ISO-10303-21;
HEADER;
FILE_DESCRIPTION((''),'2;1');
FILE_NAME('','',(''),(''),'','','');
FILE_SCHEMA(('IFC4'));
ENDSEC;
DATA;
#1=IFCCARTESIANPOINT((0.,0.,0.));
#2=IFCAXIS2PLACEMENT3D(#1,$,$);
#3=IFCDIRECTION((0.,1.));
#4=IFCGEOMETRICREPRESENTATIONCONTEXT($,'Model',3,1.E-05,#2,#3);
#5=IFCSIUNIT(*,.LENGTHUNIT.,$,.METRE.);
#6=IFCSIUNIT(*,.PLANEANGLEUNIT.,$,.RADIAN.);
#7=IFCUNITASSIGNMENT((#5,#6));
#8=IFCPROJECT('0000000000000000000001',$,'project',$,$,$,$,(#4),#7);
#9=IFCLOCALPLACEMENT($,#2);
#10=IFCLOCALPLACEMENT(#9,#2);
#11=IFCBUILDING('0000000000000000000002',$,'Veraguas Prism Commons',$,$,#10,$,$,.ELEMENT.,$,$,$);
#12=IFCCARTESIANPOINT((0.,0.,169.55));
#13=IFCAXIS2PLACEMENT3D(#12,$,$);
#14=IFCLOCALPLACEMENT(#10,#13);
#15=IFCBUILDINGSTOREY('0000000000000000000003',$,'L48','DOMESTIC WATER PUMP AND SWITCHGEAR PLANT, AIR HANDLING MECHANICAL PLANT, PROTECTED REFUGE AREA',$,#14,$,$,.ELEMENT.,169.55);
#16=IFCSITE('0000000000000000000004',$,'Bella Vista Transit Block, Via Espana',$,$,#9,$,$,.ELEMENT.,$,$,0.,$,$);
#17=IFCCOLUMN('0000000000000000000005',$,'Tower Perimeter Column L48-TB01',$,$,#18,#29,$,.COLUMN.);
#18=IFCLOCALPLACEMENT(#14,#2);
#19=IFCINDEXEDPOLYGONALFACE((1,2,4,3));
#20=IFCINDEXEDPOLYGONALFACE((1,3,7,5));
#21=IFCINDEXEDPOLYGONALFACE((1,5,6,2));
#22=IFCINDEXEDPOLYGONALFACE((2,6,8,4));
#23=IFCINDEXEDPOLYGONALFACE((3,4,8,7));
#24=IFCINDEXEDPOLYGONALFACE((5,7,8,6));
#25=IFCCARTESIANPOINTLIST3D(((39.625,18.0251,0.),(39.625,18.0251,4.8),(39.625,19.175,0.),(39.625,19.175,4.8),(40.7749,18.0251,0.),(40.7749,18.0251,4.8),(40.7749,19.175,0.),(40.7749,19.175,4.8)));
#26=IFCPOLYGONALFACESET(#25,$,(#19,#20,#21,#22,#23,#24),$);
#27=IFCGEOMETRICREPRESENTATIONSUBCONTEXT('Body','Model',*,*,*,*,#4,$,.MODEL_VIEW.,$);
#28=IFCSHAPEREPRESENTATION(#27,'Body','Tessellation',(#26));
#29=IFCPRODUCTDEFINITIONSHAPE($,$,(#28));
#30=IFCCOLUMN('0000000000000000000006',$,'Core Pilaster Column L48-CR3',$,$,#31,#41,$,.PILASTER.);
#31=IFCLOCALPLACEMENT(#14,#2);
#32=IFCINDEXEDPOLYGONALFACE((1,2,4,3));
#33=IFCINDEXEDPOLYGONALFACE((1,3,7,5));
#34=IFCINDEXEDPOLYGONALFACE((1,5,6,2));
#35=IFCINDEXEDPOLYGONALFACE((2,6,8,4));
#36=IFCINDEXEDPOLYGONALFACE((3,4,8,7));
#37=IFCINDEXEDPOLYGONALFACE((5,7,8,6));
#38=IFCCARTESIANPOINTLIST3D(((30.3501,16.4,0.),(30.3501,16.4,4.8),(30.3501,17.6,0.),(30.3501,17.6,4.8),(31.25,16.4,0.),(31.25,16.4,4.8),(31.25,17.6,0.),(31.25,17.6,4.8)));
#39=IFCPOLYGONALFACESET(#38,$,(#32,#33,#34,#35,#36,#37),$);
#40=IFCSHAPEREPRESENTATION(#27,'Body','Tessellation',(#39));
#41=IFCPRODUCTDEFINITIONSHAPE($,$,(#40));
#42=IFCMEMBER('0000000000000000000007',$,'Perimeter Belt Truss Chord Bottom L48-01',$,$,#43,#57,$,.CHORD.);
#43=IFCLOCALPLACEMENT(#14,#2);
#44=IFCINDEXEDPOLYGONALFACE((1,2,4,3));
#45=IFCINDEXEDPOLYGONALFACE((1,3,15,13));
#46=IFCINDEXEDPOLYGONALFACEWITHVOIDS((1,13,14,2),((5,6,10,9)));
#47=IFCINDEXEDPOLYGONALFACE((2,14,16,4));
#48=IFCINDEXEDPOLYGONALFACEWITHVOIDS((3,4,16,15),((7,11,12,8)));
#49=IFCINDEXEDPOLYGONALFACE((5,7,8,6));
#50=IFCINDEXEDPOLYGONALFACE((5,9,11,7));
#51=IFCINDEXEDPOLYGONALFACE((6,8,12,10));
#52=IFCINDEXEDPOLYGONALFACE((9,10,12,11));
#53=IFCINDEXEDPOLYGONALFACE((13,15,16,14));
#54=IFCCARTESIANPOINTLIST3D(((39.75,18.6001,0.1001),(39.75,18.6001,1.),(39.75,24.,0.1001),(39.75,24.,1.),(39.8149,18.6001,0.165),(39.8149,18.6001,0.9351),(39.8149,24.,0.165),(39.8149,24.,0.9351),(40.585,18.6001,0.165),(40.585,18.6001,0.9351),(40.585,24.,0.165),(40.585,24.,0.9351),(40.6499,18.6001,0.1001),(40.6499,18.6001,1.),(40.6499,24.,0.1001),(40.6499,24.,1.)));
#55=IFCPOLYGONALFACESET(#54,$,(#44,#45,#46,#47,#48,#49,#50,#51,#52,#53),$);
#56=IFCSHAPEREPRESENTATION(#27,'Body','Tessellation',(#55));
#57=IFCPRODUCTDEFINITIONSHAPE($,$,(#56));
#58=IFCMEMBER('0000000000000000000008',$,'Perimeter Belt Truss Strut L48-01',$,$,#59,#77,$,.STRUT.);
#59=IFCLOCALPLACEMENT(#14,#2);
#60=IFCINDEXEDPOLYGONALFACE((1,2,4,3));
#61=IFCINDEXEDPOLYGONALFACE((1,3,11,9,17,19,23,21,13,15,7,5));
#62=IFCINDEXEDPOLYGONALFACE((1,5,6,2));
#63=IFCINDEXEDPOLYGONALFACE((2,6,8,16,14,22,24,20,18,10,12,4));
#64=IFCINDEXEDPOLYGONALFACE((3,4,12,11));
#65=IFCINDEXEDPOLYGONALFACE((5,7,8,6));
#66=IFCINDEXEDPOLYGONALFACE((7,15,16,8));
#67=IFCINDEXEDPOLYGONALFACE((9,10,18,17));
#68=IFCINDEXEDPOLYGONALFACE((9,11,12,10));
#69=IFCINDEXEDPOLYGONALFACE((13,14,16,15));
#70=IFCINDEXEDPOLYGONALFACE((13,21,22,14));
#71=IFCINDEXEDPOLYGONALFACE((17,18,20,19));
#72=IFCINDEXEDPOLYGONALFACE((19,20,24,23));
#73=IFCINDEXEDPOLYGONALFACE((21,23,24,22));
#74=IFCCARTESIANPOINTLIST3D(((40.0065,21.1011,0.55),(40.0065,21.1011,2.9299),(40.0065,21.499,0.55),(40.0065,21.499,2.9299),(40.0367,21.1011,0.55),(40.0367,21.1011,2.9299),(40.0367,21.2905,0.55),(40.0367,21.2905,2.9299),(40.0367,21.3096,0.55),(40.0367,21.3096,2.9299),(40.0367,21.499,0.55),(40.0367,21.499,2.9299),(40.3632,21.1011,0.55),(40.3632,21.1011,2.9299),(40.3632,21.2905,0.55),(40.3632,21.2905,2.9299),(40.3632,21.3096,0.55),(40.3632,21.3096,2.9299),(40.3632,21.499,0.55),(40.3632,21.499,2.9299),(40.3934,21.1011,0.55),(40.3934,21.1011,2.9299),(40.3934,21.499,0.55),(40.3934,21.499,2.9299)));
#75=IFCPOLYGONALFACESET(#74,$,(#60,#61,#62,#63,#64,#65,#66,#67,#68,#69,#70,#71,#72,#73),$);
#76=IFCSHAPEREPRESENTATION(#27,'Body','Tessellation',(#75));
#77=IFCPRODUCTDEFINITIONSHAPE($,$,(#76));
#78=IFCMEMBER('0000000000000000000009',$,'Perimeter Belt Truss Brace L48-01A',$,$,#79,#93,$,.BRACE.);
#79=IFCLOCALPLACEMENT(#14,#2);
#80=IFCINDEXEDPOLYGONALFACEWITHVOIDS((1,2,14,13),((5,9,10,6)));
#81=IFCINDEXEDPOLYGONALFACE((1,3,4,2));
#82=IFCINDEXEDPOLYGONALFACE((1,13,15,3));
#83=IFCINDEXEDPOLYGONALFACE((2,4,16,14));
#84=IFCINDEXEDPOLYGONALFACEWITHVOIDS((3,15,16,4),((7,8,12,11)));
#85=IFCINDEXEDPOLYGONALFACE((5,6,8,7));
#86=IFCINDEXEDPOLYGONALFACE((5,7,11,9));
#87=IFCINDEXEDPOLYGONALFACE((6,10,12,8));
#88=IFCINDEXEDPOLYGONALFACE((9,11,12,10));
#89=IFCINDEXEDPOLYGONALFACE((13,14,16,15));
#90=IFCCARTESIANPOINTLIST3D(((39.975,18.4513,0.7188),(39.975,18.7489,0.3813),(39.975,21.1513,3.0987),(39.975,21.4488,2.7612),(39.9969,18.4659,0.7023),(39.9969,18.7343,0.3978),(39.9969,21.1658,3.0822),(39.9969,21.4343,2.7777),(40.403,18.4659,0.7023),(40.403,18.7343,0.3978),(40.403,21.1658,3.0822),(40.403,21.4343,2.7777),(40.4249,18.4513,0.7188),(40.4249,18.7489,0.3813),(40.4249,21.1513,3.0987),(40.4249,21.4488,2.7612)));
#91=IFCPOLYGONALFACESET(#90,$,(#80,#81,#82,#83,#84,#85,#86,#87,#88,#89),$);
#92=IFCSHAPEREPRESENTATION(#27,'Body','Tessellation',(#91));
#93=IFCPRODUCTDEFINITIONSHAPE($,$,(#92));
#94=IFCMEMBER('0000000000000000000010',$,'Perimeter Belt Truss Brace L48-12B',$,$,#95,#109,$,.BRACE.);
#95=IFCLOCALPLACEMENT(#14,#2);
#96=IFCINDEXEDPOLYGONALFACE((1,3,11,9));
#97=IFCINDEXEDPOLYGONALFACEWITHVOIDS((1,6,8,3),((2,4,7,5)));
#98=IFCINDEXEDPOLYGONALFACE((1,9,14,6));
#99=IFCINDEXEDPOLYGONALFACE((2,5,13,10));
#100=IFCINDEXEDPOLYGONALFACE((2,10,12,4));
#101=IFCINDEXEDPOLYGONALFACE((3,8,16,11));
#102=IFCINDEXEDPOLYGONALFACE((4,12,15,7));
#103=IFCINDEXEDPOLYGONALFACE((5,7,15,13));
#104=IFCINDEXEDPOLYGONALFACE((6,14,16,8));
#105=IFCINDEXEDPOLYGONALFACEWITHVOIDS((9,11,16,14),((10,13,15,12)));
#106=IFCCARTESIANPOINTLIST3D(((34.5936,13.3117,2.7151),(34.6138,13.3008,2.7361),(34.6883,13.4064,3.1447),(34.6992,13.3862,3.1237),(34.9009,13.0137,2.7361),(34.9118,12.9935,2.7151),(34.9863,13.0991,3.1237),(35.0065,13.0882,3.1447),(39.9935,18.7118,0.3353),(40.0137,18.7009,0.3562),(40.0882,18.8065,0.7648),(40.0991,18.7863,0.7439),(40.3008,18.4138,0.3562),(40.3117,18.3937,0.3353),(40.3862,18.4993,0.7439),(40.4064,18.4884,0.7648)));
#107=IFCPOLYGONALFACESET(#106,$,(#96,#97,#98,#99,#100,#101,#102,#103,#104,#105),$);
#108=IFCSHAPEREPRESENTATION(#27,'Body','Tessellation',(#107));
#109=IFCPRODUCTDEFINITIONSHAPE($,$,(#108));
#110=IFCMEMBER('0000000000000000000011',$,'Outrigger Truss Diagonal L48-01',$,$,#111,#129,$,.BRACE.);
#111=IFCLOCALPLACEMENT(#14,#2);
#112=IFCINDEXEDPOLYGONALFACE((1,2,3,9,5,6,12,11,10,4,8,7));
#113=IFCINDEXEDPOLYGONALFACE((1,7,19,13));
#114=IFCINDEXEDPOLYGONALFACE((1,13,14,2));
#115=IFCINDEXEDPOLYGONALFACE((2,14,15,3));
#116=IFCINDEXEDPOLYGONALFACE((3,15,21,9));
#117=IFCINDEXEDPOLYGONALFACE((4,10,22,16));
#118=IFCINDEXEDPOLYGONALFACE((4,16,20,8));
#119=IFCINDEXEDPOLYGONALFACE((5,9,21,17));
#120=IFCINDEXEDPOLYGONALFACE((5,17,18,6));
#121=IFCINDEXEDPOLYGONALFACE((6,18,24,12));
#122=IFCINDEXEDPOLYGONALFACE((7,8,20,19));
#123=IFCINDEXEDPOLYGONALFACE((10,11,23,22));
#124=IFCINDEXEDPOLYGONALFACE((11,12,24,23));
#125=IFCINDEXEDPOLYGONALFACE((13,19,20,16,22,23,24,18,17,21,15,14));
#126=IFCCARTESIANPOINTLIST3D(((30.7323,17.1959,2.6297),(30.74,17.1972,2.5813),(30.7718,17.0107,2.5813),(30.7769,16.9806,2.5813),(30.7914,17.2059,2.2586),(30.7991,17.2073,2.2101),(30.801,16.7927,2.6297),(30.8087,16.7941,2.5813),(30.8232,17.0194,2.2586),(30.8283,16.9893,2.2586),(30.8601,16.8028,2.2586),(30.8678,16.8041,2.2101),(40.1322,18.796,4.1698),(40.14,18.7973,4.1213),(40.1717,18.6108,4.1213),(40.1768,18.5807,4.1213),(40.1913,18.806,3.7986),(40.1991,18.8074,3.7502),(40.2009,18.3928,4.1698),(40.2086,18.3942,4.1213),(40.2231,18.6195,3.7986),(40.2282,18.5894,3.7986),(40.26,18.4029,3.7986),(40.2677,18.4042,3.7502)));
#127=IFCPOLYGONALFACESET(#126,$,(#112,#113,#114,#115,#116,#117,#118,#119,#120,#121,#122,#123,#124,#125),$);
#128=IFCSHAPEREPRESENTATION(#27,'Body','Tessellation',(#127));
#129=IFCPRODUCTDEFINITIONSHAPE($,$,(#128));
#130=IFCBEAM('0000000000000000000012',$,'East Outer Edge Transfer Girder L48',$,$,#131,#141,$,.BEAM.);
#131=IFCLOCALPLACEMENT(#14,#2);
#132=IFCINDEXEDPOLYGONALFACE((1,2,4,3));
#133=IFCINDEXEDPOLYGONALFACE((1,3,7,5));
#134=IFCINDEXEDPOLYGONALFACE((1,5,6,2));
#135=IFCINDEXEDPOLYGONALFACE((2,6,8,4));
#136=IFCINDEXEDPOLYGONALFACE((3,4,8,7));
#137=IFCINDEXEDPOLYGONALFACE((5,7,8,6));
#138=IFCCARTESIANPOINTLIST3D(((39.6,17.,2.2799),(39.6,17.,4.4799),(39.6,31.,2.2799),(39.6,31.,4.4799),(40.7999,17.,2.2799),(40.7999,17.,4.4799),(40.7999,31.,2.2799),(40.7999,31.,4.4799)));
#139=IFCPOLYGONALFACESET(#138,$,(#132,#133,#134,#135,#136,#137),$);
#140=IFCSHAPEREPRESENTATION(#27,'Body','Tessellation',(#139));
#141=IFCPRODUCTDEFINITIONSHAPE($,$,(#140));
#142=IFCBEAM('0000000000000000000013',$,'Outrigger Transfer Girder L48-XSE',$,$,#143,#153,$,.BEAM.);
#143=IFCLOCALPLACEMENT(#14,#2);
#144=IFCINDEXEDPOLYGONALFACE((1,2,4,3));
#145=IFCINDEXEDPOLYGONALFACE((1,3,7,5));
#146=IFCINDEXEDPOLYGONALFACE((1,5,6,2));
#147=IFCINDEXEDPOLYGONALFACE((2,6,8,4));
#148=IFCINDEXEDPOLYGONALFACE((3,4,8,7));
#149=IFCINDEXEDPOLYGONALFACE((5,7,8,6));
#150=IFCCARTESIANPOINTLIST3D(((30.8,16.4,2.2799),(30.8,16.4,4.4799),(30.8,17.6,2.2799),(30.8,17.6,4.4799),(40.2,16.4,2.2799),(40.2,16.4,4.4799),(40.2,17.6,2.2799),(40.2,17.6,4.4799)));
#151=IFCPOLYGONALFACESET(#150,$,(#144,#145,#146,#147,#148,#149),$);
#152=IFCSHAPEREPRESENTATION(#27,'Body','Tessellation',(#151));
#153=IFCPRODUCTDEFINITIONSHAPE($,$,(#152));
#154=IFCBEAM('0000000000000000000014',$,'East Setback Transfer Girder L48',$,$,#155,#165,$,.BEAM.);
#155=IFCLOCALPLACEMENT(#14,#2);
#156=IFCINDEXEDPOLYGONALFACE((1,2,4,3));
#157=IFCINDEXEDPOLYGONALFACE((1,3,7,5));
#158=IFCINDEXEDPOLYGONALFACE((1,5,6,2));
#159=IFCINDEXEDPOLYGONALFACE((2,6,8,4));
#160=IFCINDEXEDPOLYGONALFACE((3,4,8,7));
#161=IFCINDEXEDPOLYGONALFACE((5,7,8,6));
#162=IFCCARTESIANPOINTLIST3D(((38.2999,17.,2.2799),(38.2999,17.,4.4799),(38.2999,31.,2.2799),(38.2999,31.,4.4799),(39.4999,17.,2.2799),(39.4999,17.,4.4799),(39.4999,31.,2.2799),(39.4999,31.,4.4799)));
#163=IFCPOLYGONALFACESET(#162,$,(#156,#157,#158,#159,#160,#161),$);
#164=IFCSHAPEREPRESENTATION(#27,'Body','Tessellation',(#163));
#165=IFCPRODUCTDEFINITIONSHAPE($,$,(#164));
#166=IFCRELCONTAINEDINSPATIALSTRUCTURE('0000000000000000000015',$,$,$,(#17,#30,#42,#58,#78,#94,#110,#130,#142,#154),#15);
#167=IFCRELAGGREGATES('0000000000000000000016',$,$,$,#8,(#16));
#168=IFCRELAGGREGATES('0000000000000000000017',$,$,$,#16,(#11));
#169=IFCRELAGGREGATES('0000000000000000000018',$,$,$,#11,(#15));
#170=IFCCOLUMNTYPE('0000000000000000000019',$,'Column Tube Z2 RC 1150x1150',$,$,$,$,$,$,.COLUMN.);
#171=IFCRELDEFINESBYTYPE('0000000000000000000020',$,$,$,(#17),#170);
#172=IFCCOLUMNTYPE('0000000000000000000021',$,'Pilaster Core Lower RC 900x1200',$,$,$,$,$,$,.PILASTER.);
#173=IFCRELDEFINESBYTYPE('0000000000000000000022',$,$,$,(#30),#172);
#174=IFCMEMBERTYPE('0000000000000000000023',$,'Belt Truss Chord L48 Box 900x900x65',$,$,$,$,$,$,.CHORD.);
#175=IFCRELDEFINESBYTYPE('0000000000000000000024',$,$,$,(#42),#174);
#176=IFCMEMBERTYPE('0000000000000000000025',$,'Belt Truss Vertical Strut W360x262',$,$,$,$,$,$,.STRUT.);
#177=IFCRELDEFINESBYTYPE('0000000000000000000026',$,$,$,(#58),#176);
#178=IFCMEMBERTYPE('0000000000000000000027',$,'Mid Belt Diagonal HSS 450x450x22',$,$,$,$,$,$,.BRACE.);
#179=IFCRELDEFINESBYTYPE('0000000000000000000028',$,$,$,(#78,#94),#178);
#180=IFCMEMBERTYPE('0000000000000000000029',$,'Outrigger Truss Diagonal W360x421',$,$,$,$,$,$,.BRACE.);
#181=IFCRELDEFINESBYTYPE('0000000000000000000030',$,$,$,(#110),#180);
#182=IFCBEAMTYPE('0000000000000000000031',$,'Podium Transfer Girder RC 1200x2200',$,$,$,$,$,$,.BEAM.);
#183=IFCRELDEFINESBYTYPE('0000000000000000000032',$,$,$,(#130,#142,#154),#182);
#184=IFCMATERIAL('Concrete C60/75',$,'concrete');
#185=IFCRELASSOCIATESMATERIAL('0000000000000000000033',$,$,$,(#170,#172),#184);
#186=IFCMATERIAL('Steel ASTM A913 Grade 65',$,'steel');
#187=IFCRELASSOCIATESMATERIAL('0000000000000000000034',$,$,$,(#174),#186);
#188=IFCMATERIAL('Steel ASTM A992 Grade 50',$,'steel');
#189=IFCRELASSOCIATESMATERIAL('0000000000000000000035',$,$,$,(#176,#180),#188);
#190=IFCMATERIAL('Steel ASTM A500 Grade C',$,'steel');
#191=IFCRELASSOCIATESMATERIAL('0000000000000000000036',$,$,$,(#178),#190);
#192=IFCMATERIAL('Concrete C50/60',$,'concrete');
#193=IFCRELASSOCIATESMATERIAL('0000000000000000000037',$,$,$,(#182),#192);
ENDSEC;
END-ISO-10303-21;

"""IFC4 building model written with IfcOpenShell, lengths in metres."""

from ifc_helpers import new_model, si_unit, direction, frame, origin, origin_2d, place, context, subcontext, project, spatial, rectangle, hollow_rectangle, i_section, extrude, material, material_profile, profile_set, type_object, element, save


model = new_model("IFC4")

# Units and contexts
model_context = context("Model", 3, precision=1e-05, world=origin(), true_north=direction((0.0, 1.0)))
body_context = subcontext(model_context, "Body", "Model", "MODEL_VIEW")
ifc_project = project(units=[si_unit("LENGTHUNIT", "METRE"), si_unit("PLANEANGLEUNIT", "RADIAN")], contexts=[model_context])

# Site, building, storey
site_placement = place(None, origin())
site = spatial("IfcSite", under=ifc_project, at=site_placement, Name="Bella Vista Transit Block, Via Espana", CompositionType="ELEMENT", RefElevation=0.0)
building_placement = place(site_placement, origin())
building = spatial("IfcBuilding", under=site, at=building_placement, Name="Veraguas Prism Commons", CompositionType="ELEMENT")
storey_placement = place(building_placement, frame((0.0, 0.0, 169.55)))
storey = spatial("IfcBuildingStorey", under=building, at=storey_placement, Name="L48", Description="DOMESTIC WATER PUMP AND SWITCHGEAR PLANT, AIR HANDLING MECHANICAL PLANT, PROTECTED REFUGE AREA", CompositionType="ELEMENT", Elevation=169.55)

# Columns
ifc_material_1 = material(Name="Concrete C60/75", Category="concrete")
ifc_material_profile_1 = material_profile(ifc_material_1, rectangle(XDim=1.1499, YDim=1.1499, at=origin_2d()), Name="RC1150X1150")
ifc_profile_set_1 = profile_set([ifc_material_profile_1], Name="Concrete C60/75")
column_type_1 = type_object("IfcColumnType", Name="Column Tube Z2 RC 1150x1150", PredefinedType="COLUMN", material=ifc_profile_set_1)
column_1_placement = place(storey_placement, frame((40.2, 18.6001, 0.0), z_axis=(0.0, 0.0, 1.0), x_axis=(1.0, 0.0, 0.0)))
element("IfcColumn", 1, at=column_1_placement, inside=storey, type_object=column_type_1, Name="Tower Perimeter Column L48-TB01", PredefinedType="COLUMN", context=body_context, shape_type="SweptSolid", body=[
    extrude(rectangle(XDim=1.1499, YDim=1.1499, at=origin_2d()), origin(), (0.0, 0.0, 1.0), 4.8),
])
ifc_material_profile_2 = material_profile(ifc_material_1, rectangle(XDim=0.8999, YDim=1.2, at=origin_2d()), Name="RC900X1200")
ifc_profile_set_2 = profile_set([ifc_material_profile_2], Name="Concrete C60/75")
column_type_2 = type_object("IfcColumnType", Name="Pilaster Core Lower RC 900x1200", PredefinedType="PILASTER", material=ifc_profile_set_2)
column_2_placement = place(storey_placement, frame((30.8, 17.0, 0.0), z_axis=(0.0, 0.0, 1.0), x_axis=(1.0, 0.0, 0.0)))
element("IfcColumn", 2, at=column_2_placement, inside=storey, type_object=column_type_2, Name="Core Pilaster Column L48-CR3", PredefinedType="PILASTER", context=body_context, shape_type="SweptSolid", body=[
    extrude(rectangle(XDim=0.8999, YDim=1.2, at=origin_2d()), origin(), (0.0, 0.0, 1.0), 4.8),
])

# Members
ifc_material_2 = material(Name="Steel ASTM A913 Grade 65", Category="steel")
ifc_material_profile_3 = material_profile(ifc_material_2, hollow_rectangle(XDim=0.8999, YDim=0.8999, WallThickness=0.0649, at=origin_2d()), Name="BOX900X900X65")
ifc_profile_set_3 = profile_set([ifc_material_profile_3], Name="Steel ASTM A913 Grade 65")
member_type_1 = type_object("IfcMemberType", Name="Belt Truss Chord L48 Box 900x900x65", PredefinedType="CHORD", material=ifc_profile_set_3)
member_1_placement = place(storey_placement, frame((40.2, 18.6001, 0.55), z_axis=(0.0, 1.0, 0.0), x_axis=(-1.0, 0.0, 0.0)))
element("IfcMember", 3, at=member_1_placement, inside=storey, type_object=member_type_1, Name="Perimeter Belt Truss Chord Bottom L48-01", PredefinedType="CHORD", context=body_context, shape_type="SweptSolid", body=[
    extrude(hollow_rectangle(XDim=0.8999, YDim=0.8999, WallThickness=0.0649, at=origin_2d()), origin(), (0.0, 0.0, 1.0), 5.3999),
])
ifc_material_3 = material(Name="Steel ASTM A992 Grade 50", Category="steel")
ifc_material_profile_4 = material_profile(ifc_material_3, i_section(OverallWidth=0.3979, OverallDepth=0.387, WebThickness=0.019, FlangeThickness=0.0303, at=origin_2d()), Name="W360X262")
ifc_profile_set_4 = profile_set([ifc_material_profile_4], Name="Steel ASTM A992 Grade 50")
member_type_2 = type_object("IfcMemberType", Name="Belt Truss Vertical Strut W360x262", PredefinedType="STRUT", material=ifc_profile_set_4)
member_2_placement = place(storey_placement, frame((40.2, 21.3, 0.55), z_axis=(0.0, 0.0, 1.0), x_axis=(0.0, 1.0, 0.0)))
element("IfcMember", 4, at=member_2_placement, inside=storey, type_object=member_type_2, Name="Perimeter Belt Truss Strut L48-01", PredefinedType="STRUT", context=body_context, shape_type="SweptSolid", body=[
    extrude(i_section(OverallWidth=0.3979, OverallDepth=0.387, WebThickness=0.019, FlangeThickness=0.0303, at=origin_2d()), origin(), (0.0, 0.0, 1.0), 2.3799),
])
ifc_material_4 = material(Name="Steel ASTM A500 Grade C", Category="steel")
ifc_material_profile_5 = material_profile(ifc_material_4, hollow_rectangle(XDim=0.45, YDim=0.45, WallThickness=0.022, at=origin_2d()), Name="HSS450X450X22")
ifc_profile_set_5 = profile_set([ifc_material_profile_5], Name="Steel ASTM A500 Grade C")
member_type_3 = type_object("IfcMemberType", Name="Mid Belt Diagonal HSS 450x450x22", PredefinedType="BRACE", material=ifc_profile_set_5)
member_3_placement = place(storey_placement, frame((40.2, 18.6001, 0.55), z_axis=(0.0, 0.750172, 0.661242), x_axis=(-1.0, 0.0, 0.0)))
element("IfcMember", 5, at=member_3_placement, inside=storey, type_object=member_type_3, Name="Perimeter Belt Truss Brace L48-01A", PredefinedType="BRACE", context=body_context, shape_type="SweptSolid", body=[
    extrude(hollow_rectangle(XDim=0.45, YDim=0.45, WallThickness=0.022, at=origin_2d()), origin(), (0.0, 0.0, 1.0), 3.5991),
])
member_4_placement = place(storey_placement, frame((40.2, 18.6001, 0.55), z_axis=(-0.67507, -0.675101, 0.297522), x_axis=(0.707123, -0.707091, 0.0)))
element("IfcMember", 6, at=member_4_placement, inside=storey, type_object=member_type_3, Name="Perimeter Belt Truss Brace L48-12B", PredefinedType="BRACE", context=body_context, shape_type="SweptSolid", body=[
    extrude(hollow_rectangle(XDim=0.45, YDim=0.45, WallThickness=0.022, at=origin_2d()), origin(), (0.0, 0.0, 1.0), 7.999),
])
ifc_material_profile_6 = material_profile(ifc_material_3, i_section(OverallWidth=0.4089, OverallDepth=0.425, WebThickness=0.0305, FlangeThickness=0.0491, at=origin_2d()), Name="W360X421")
ifc_profile_set_6 = profile_set([ifc_material_profile_6], Name="Steel ASTM A992 Grade 50")
member_type_4 = type_object("IfcMemberType", Name="Outrigger Truss Diagonal W360x421", PredefinedType="BRACE", material=ifc_profile_set_6)
member_5_placement = place(storey_placement, frame((30.8, 17.0, 2.4199), z_axis=(0.973207, 0.165664, 0.159446), x_axis=(-0.167811, 0.985819, 0.0)))
element("IfcMember", 7, at=member_5_placement, inside=storey, type_object=member_type_4, Name="Outrigger Truss Diagonal L48-01", PredefinedType="BRACE", context=body_context, shape_type="SweptSolid", body=[
    extrude(i_section(OverallWidth=0.4089, OverallDepth=0.425, WebThickness=0.0305, FlangeThickness=0.0491, at=origin_2d()), origin(), (0.0, 0.0, 1.0), 9.6587),
])

# Beams
ifc_material_5 = material(Name="Concrete C50/60", Category="concrete")
ifc_material_profile_7 = material_profile(ifc_material_5, rectangle(XDim=1.2, YDim=2.2, at=origin_2d()), Name="RC1200X2200")
ifc_profile_set_7 = profile_set([ifc_material_profile_7], Name="Concrete C50/60")
beam_type = type_object("IfcBeamType", Name="Podium Transfer Girder RC 1200x2200", PredefinedType="BEAM", material=ifc_profile_set_7)
beam_1_placement = place(storey_placement, frame((40.2, 17.0, 3.3799), z_axis=(0.0, 1.0, 0.0), x_axis=(-1.0, 0.0, 0.0)))
element("IfcBeam", 8, at=beam_1_placement, inside=storey, type_object=beam_type, Name="East Outer Edge Transfer Girder L48", PredefinedType="BEAM", context=body_context, shape_type="SweptSolid", body=[
    extrude(rectangle(XDim=1.2, YDim=2.2, at=origin_2d()), origin(), (0.0, 0.0, 1.0), 14.0),
])
beam_2_placement = place(storey_placement, frame((40.2, 17.0, 3.3799), z_axis=(-1.0, 0.0, 0.0), x_axis=(0.0, -1.0, 0.0)))
element("IfcBeam", 9, at=beam_2_placement, inside=storey, type_object=beam_type, Name="Outrigger Transfer Girder L48-XSE", PredefinedType="BEAM", context=body_context, shape_type="SweptSolid", body=[
    extrude(rectangle(XDim=1.2, YDim=2.2, at=origin_2d()), origin(), (0.0, 0.0, 1.0), 9.3999),
])
beam_3_placement = place(storey_placement, frame((38.8999, 17.0, 3.3799), z_axis=(0.0, 1.0, 0.0), x_axis=(-1.0, 0.0, 0.0)))
element("IfcBeam", 10, at=beam_3_placement, inside=storey, type_object=beam_type, Name="East Setback Transfer Girder L48", PredefinedType="BEAM", context=body_context, shape_type="SweptSolid", body=[
    extrude(rectangle(XDim=1.2, YDim=2.2, at=origin_2d()), origin(), (0.0, 0.0, 1.0), 14.0),
])

save(model, "model.ifc")
